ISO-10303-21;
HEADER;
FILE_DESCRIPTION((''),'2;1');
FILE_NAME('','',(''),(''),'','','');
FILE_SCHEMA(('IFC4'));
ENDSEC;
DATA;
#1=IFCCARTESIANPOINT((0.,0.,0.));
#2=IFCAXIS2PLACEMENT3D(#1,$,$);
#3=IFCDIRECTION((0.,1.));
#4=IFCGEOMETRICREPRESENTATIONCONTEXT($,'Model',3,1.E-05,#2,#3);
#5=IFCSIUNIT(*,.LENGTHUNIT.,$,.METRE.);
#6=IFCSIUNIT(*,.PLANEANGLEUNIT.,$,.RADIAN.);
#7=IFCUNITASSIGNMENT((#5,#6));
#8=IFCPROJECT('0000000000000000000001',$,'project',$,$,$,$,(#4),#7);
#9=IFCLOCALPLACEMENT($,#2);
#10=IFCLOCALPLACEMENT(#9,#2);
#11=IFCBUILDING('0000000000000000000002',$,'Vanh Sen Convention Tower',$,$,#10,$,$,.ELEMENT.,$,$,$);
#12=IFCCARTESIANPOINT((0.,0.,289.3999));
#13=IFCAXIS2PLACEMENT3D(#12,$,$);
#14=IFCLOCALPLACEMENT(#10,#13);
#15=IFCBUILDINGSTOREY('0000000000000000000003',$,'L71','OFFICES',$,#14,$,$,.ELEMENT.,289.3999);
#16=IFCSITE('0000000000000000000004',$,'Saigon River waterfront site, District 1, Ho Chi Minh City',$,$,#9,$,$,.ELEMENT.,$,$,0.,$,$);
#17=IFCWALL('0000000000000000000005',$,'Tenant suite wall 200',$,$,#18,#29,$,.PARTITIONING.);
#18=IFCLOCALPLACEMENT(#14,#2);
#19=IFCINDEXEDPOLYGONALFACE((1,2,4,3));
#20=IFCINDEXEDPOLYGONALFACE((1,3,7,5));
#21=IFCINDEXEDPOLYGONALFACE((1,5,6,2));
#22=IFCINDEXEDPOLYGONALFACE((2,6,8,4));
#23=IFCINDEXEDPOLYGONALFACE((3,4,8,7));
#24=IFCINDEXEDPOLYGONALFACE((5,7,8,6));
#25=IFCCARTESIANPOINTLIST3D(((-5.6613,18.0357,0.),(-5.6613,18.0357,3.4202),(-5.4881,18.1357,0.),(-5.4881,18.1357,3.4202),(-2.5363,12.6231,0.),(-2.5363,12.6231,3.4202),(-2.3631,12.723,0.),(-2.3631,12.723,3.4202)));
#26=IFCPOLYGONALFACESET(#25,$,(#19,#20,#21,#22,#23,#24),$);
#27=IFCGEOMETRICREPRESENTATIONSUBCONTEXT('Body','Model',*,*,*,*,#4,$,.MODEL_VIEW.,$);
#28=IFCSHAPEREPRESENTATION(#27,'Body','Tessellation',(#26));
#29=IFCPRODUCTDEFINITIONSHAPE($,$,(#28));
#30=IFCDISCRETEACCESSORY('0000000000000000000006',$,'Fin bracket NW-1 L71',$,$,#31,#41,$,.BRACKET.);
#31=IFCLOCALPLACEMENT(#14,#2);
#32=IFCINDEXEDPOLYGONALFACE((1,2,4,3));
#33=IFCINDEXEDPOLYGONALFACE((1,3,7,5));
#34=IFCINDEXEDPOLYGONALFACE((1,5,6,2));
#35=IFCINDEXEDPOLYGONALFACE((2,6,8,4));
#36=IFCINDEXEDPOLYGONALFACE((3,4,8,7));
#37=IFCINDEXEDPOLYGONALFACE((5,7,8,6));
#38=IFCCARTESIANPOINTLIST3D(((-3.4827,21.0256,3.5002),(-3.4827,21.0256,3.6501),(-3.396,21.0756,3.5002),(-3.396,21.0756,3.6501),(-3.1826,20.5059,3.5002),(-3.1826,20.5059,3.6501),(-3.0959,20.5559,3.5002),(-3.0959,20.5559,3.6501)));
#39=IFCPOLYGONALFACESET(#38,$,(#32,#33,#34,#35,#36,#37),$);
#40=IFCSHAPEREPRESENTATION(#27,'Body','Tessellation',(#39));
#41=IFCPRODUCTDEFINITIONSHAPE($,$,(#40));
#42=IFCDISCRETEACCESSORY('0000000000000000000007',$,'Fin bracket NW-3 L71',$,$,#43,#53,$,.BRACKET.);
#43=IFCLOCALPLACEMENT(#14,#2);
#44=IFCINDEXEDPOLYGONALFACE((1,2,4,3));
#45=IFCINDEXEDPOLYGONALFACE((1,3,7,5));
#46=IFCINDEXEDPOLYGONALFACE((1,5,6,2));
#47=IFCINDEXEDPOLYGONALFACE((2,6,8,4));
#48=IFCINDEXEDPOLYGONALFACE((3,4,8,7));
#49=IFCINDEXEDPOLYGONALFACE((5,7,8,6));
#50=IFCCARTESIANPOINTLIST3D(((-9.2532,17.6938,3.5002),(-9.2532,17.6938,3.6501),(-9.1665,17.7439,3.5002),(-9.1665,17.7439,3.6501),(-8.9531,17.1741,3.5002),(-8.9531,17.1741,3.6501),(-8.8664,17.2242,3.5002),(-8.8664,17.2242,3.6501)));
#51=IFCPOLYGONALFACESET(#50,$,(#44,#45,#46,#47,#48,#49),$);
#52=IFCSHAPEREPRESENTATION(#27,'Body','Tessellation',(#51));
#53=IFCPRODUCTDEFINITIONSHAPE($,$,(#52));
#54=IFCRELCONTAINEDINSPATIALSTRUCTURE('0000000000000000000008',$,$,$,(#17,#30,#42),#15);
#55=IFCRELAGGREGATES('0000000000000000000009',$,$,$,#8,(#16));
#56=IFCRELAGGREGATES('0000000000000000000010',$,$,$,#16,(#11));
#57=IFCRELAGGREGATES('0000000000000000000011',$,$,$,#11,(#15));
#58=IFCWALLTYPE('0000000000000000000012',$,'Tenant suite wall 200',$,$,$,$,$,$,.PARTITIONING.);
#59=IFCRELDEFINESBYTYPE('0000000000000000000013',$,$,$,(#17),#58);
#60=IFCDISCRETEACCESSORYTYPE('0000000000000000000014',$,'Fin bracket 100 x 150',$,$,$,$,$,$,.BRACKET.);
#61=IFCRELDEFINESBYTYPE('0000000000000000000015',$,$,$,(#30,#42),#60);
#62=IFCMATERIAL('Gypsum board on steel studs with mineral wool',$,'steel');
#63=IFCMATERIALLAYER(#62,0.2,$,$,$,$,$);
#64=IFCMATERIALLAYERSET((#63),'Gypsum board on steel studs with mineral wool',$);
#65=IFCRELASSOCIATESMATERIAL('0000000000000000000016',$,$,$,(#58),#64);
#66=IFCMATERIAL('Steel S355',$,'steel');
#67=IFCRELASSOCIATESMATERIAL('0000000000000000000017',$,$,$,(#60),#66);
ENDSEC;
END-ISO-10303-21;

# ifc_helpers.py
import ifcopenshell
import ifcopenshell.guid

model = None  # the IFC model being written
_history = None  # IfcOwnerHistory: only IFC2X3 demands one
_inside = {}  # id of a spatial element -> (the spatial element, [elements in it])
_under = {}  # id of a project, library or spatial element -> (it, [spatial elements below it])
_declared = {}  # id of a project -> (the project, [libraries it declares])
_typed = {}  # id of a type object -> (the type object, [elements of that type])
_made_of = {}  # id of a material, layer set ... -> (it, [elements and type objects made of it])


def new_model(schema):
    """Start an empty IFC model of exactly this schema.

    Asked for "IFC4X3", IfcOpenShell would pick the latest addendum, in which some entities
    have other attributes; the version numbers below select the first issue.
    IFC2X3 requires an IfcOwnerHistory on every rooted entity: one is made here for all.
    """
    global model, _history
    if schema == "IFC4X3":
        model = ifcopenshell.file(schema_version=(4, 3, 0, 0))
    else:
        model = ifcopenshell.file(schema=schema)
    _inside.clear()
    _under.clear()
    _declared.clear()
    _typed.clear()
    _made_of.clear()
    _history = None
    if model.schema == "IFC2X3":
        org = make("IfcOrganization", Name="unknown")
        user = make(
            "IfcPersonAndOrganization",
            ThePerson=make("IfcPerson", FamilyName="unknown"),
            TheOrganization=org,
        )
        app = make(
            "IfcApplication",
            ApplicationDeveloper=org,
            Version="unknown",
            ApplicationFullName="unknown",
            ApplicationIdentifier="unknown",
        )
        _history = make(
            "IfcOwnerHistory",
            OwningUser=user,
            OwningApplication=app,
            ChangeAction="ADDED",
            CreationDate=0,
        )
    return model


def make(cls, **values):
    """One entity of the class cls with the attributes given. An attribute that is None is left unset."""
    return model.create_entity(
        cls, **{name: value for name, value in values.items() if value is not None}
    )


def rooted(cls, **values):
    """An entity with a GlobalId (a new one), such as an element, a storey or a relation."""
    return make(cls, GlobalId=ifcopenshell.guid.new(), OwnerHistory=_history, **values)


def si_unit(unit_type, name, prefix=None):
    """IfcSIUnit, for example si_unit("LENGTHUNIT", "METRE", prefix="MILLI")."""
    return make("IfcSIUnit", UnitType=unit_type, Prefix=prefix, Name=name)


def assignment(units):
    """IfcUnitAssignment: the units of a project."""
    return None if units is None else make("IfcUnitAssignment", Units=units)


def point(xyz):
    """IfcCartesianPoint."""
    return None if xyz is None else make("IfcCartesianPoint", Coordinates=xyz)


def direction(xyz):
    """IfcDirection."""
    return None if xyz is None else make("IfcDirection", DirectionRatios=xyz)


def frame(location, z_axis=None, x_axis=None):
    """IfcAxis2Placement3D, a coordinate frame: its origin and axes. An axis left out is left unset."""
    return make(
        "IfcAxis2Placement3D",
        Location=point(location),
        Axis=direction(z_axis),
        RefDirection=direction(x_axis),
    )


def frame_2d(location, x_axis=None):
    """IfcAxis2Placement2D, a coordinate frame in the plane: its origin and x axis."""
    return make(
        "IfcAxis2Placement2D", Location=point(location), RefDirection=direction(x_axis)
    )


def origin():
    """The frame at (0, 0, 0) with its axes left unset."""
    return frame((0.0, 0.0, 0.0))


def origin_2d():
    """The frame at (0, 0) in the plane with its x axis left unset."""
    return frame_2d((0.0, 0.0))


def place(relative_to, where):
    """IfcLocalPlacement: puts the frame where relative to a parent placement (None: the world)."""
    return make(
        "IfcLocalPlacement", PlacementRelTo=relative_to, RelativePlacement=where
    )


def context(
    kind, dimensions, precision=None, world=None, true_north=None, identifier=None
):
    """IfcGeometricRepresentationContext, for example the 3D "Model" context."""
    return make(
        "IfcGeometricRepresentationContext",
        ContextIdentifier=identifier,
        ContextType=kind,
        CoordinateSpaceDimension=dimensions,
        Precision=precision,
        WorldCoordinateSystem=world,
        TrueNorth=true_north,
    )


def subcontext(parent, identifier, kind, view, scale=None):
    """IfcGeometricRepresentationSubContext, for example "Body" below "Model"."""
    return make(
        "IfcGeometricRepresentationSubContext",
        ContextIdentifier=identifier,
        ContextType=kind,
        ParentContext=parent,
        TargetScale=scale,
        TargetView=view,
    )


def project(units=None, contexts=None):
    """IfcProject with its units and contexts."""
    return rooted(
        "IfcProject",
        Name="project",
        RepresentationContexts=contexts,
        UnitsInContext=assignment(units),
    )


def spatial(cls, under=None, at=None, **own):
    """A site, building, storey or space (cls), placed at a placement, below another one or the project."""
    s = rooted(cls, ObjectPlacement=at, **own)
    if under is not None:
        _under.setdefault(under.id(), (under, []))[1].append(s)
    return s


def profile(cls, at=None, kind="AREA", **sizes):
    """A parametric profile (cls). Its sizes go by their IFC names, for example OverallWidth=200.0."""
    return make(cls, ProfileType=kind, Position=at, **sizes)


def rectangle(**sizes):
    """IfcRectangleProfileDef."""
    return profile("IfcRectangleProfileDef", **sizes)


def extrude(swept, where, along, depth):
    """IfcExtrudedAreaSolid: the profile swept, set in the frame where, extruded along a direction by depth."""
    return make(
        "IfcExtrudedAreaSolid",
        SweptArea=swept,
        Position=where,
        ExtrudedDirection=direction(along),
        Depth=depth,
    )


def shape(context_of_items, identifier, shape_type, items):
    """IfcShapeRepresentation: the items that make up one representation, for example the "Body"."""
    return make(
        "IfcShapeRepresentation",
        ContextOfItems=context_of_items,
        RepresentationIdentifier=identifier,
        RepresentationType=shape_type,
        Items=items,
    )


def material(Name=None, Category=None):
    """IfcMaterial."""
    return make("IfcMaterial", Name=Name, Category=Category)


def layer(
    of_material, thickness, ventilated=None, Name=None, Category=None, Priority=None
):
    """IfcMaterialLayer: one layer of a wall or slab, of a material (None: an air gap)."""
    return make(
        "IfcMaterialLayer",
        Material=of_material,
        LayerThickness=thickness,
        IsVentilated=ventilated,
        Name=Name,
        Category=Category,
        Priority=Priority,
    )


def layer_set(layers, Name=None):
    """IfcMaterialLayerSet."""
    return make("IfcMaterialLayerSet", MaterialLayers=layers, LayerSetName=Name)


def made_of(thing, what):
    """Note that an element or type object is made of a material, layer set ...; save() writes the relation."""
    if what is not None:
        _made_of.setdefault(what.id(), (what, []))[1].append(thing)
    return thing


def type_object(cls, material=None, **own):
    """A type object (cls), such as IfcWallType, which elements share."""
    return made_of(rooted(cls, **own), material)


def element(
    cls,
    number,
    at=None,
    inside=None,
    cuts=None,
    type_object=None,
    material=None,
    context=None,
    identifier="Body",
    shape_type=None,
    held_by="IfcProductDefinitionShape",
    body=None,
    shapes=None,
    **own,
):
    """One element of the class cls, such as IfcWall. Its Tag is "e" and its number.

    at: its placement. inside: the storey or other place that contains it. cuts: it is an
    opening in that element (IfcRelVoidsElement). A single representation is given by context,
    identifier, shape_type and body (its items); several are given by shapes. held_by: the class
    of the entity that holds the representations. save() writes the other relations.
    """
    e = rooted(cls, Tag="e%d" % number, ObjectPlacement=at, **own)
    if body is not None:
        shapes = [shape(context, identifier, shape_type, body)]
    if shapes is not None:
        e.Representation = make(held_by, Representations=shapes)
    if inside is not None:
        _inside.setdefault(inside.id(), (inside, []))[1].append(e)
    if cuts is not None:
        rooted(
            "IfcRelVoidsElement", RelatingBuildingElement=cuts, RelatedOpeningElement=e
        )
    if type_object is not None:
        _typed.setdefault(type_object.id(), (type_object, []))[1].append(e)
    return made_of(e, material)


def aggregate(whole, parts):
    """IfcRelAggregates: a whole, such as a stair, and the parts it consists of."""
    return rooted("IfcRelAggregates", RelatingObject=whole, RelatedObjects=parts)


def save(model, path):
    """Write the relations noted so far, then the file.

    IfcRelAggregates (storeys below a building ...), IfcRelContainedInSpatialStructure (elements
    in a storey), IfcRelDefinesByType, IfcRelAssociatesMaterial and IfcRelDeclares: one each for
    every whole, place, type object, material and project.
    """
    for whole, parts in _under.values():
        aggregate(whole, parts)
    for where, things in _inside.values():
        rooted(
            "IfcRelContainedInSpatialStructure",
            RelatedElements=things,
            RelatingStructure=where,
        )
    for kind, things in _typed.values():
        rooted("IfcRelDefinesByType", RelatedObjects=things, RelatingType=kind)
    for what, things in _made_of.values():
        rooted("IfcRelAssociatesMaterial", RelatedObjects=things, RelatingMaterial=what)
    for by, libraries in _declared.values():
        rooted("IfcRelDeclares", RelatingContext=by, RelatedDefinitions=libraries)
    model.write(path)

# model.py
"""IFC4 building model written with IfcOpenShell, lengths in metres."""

from ifc_helpers import new_model, si_unit, direction, frame, frame_2d, origin, origin_2d, place, context, subcontext, project, spatial, rectangle, extrude, material, layer, layer_set, type_object, element, save


model = new_model("IFC4")

# Units and contexts
model_context = context("Model", 3, precision=1e-05, world=origin(), true_north=direction((0.0, 1.0)))
body_context = subcontext(model_context, "Body", "Model", "MODEL_VIEW")
ifc_project = project(units=[si_unit("LENGTHUNIT", "METRE"), si_unit("PLANEANGLEUNIT", "RADIAN")], contexts=[model_context])

# Site, building, storey
site_placement = place(None, origin())
site = spatial("IfcSite", under=ifc_project, at=site_placement, Name="Saigon River waterfront site, District 1, Ho Chi Minh City", CompositionType="ELEMENT", RefElevation=0.0)
building_placement = place(site_placement, origin())
building = spatial("IfcBuilding", under=site, at=building_placement, Name="Vanh Sen Convention Tower", CompositionType="ELEMENT")
storey_placement = place(building_placement, frame((0.0, 0.0, 289.3999)))
storey = spatial("IfcBuildingStorey", under=building, at=storey_placement, Name="L71", Description="OFFICES", CompositionType="ELEMENT", Elevation=289.3999)

# Shared definitions
ifc_material_1 = material(Name="Gypsum board on steel studs with mineral wool", Category="steel")

# Wall
ifc_layer_1 = layer(ifc_material_1, 0.2)
ifc_layer_set_1 = layer_set([ifc_layer_1], Name="Gypsum board on steel studs with mineral wool")
wall_type_1 = type_object("IfcWallType", Name="Tenant suite wall 200", PredefinedType="PARTITIONING", material=ifc_layer_set_1)
wall_1_placement = place(storey_placement, frame((-5.5747, 18.0857, 0.0), z_axis=(0.0, 0.0, 1.0), x_axis=(0.500004, -0.866023, 0.0)))
element("IfcWall", 1, at=wall_1_placement, inside=storey, type_object=wall_type_1, Name="Tenant suite wall 200", PredefinedType="PARTITIONING", context=body_context, shape_type="SweptSolid", body=[
    extrude(rectangle(XDim=6.25, YDim=0.2, at=frame_2d((3.125, 0.0))), origin(), (0.0, 0.0, 1.0), 3.4202),
])

# Discrete accessories
ifc_material_2 = material(Name="Steel S355", Category="steel")
discrete_accessory_type = type_object("IfcDiscreteAccessoryType", Name="Fin bracket 100 x 150", PredefinedType="BRACKET", material=ifc_material_2)
for number, where, z_axis, x_axis, name in (
    (2, (-3.2893, 20.7908, 3.5002), (0.0, 0.0, 1.0), (-0.5, 0.866025, 0.0), "Fin bracket NW-1 L71"),
    (3, (-9.0598, 17.459, 3.5002), (0.0, 0.0, 1.0), (-0.5, 0.866025, 0.0), "Fin bracket NW-3 L71"),
):
    element("IfcDiscreteAccessory", number, at=place(storey_placement, frame(where, z_axis=z_axis, x_axis=x_axis)), inside=storey, type_object=discrete_accessory_type, Name=name, PredefinedType="BRACKET", context=body_context, shape_type="SweptSolid", body=[
        extrude(rectangle(XDim=0.6001, YDim=0.1001, at=origin_2d()), origin(), (0.0, 0.0, 1.0), 0.1499),
    ])

save(model, "model.ifc")
